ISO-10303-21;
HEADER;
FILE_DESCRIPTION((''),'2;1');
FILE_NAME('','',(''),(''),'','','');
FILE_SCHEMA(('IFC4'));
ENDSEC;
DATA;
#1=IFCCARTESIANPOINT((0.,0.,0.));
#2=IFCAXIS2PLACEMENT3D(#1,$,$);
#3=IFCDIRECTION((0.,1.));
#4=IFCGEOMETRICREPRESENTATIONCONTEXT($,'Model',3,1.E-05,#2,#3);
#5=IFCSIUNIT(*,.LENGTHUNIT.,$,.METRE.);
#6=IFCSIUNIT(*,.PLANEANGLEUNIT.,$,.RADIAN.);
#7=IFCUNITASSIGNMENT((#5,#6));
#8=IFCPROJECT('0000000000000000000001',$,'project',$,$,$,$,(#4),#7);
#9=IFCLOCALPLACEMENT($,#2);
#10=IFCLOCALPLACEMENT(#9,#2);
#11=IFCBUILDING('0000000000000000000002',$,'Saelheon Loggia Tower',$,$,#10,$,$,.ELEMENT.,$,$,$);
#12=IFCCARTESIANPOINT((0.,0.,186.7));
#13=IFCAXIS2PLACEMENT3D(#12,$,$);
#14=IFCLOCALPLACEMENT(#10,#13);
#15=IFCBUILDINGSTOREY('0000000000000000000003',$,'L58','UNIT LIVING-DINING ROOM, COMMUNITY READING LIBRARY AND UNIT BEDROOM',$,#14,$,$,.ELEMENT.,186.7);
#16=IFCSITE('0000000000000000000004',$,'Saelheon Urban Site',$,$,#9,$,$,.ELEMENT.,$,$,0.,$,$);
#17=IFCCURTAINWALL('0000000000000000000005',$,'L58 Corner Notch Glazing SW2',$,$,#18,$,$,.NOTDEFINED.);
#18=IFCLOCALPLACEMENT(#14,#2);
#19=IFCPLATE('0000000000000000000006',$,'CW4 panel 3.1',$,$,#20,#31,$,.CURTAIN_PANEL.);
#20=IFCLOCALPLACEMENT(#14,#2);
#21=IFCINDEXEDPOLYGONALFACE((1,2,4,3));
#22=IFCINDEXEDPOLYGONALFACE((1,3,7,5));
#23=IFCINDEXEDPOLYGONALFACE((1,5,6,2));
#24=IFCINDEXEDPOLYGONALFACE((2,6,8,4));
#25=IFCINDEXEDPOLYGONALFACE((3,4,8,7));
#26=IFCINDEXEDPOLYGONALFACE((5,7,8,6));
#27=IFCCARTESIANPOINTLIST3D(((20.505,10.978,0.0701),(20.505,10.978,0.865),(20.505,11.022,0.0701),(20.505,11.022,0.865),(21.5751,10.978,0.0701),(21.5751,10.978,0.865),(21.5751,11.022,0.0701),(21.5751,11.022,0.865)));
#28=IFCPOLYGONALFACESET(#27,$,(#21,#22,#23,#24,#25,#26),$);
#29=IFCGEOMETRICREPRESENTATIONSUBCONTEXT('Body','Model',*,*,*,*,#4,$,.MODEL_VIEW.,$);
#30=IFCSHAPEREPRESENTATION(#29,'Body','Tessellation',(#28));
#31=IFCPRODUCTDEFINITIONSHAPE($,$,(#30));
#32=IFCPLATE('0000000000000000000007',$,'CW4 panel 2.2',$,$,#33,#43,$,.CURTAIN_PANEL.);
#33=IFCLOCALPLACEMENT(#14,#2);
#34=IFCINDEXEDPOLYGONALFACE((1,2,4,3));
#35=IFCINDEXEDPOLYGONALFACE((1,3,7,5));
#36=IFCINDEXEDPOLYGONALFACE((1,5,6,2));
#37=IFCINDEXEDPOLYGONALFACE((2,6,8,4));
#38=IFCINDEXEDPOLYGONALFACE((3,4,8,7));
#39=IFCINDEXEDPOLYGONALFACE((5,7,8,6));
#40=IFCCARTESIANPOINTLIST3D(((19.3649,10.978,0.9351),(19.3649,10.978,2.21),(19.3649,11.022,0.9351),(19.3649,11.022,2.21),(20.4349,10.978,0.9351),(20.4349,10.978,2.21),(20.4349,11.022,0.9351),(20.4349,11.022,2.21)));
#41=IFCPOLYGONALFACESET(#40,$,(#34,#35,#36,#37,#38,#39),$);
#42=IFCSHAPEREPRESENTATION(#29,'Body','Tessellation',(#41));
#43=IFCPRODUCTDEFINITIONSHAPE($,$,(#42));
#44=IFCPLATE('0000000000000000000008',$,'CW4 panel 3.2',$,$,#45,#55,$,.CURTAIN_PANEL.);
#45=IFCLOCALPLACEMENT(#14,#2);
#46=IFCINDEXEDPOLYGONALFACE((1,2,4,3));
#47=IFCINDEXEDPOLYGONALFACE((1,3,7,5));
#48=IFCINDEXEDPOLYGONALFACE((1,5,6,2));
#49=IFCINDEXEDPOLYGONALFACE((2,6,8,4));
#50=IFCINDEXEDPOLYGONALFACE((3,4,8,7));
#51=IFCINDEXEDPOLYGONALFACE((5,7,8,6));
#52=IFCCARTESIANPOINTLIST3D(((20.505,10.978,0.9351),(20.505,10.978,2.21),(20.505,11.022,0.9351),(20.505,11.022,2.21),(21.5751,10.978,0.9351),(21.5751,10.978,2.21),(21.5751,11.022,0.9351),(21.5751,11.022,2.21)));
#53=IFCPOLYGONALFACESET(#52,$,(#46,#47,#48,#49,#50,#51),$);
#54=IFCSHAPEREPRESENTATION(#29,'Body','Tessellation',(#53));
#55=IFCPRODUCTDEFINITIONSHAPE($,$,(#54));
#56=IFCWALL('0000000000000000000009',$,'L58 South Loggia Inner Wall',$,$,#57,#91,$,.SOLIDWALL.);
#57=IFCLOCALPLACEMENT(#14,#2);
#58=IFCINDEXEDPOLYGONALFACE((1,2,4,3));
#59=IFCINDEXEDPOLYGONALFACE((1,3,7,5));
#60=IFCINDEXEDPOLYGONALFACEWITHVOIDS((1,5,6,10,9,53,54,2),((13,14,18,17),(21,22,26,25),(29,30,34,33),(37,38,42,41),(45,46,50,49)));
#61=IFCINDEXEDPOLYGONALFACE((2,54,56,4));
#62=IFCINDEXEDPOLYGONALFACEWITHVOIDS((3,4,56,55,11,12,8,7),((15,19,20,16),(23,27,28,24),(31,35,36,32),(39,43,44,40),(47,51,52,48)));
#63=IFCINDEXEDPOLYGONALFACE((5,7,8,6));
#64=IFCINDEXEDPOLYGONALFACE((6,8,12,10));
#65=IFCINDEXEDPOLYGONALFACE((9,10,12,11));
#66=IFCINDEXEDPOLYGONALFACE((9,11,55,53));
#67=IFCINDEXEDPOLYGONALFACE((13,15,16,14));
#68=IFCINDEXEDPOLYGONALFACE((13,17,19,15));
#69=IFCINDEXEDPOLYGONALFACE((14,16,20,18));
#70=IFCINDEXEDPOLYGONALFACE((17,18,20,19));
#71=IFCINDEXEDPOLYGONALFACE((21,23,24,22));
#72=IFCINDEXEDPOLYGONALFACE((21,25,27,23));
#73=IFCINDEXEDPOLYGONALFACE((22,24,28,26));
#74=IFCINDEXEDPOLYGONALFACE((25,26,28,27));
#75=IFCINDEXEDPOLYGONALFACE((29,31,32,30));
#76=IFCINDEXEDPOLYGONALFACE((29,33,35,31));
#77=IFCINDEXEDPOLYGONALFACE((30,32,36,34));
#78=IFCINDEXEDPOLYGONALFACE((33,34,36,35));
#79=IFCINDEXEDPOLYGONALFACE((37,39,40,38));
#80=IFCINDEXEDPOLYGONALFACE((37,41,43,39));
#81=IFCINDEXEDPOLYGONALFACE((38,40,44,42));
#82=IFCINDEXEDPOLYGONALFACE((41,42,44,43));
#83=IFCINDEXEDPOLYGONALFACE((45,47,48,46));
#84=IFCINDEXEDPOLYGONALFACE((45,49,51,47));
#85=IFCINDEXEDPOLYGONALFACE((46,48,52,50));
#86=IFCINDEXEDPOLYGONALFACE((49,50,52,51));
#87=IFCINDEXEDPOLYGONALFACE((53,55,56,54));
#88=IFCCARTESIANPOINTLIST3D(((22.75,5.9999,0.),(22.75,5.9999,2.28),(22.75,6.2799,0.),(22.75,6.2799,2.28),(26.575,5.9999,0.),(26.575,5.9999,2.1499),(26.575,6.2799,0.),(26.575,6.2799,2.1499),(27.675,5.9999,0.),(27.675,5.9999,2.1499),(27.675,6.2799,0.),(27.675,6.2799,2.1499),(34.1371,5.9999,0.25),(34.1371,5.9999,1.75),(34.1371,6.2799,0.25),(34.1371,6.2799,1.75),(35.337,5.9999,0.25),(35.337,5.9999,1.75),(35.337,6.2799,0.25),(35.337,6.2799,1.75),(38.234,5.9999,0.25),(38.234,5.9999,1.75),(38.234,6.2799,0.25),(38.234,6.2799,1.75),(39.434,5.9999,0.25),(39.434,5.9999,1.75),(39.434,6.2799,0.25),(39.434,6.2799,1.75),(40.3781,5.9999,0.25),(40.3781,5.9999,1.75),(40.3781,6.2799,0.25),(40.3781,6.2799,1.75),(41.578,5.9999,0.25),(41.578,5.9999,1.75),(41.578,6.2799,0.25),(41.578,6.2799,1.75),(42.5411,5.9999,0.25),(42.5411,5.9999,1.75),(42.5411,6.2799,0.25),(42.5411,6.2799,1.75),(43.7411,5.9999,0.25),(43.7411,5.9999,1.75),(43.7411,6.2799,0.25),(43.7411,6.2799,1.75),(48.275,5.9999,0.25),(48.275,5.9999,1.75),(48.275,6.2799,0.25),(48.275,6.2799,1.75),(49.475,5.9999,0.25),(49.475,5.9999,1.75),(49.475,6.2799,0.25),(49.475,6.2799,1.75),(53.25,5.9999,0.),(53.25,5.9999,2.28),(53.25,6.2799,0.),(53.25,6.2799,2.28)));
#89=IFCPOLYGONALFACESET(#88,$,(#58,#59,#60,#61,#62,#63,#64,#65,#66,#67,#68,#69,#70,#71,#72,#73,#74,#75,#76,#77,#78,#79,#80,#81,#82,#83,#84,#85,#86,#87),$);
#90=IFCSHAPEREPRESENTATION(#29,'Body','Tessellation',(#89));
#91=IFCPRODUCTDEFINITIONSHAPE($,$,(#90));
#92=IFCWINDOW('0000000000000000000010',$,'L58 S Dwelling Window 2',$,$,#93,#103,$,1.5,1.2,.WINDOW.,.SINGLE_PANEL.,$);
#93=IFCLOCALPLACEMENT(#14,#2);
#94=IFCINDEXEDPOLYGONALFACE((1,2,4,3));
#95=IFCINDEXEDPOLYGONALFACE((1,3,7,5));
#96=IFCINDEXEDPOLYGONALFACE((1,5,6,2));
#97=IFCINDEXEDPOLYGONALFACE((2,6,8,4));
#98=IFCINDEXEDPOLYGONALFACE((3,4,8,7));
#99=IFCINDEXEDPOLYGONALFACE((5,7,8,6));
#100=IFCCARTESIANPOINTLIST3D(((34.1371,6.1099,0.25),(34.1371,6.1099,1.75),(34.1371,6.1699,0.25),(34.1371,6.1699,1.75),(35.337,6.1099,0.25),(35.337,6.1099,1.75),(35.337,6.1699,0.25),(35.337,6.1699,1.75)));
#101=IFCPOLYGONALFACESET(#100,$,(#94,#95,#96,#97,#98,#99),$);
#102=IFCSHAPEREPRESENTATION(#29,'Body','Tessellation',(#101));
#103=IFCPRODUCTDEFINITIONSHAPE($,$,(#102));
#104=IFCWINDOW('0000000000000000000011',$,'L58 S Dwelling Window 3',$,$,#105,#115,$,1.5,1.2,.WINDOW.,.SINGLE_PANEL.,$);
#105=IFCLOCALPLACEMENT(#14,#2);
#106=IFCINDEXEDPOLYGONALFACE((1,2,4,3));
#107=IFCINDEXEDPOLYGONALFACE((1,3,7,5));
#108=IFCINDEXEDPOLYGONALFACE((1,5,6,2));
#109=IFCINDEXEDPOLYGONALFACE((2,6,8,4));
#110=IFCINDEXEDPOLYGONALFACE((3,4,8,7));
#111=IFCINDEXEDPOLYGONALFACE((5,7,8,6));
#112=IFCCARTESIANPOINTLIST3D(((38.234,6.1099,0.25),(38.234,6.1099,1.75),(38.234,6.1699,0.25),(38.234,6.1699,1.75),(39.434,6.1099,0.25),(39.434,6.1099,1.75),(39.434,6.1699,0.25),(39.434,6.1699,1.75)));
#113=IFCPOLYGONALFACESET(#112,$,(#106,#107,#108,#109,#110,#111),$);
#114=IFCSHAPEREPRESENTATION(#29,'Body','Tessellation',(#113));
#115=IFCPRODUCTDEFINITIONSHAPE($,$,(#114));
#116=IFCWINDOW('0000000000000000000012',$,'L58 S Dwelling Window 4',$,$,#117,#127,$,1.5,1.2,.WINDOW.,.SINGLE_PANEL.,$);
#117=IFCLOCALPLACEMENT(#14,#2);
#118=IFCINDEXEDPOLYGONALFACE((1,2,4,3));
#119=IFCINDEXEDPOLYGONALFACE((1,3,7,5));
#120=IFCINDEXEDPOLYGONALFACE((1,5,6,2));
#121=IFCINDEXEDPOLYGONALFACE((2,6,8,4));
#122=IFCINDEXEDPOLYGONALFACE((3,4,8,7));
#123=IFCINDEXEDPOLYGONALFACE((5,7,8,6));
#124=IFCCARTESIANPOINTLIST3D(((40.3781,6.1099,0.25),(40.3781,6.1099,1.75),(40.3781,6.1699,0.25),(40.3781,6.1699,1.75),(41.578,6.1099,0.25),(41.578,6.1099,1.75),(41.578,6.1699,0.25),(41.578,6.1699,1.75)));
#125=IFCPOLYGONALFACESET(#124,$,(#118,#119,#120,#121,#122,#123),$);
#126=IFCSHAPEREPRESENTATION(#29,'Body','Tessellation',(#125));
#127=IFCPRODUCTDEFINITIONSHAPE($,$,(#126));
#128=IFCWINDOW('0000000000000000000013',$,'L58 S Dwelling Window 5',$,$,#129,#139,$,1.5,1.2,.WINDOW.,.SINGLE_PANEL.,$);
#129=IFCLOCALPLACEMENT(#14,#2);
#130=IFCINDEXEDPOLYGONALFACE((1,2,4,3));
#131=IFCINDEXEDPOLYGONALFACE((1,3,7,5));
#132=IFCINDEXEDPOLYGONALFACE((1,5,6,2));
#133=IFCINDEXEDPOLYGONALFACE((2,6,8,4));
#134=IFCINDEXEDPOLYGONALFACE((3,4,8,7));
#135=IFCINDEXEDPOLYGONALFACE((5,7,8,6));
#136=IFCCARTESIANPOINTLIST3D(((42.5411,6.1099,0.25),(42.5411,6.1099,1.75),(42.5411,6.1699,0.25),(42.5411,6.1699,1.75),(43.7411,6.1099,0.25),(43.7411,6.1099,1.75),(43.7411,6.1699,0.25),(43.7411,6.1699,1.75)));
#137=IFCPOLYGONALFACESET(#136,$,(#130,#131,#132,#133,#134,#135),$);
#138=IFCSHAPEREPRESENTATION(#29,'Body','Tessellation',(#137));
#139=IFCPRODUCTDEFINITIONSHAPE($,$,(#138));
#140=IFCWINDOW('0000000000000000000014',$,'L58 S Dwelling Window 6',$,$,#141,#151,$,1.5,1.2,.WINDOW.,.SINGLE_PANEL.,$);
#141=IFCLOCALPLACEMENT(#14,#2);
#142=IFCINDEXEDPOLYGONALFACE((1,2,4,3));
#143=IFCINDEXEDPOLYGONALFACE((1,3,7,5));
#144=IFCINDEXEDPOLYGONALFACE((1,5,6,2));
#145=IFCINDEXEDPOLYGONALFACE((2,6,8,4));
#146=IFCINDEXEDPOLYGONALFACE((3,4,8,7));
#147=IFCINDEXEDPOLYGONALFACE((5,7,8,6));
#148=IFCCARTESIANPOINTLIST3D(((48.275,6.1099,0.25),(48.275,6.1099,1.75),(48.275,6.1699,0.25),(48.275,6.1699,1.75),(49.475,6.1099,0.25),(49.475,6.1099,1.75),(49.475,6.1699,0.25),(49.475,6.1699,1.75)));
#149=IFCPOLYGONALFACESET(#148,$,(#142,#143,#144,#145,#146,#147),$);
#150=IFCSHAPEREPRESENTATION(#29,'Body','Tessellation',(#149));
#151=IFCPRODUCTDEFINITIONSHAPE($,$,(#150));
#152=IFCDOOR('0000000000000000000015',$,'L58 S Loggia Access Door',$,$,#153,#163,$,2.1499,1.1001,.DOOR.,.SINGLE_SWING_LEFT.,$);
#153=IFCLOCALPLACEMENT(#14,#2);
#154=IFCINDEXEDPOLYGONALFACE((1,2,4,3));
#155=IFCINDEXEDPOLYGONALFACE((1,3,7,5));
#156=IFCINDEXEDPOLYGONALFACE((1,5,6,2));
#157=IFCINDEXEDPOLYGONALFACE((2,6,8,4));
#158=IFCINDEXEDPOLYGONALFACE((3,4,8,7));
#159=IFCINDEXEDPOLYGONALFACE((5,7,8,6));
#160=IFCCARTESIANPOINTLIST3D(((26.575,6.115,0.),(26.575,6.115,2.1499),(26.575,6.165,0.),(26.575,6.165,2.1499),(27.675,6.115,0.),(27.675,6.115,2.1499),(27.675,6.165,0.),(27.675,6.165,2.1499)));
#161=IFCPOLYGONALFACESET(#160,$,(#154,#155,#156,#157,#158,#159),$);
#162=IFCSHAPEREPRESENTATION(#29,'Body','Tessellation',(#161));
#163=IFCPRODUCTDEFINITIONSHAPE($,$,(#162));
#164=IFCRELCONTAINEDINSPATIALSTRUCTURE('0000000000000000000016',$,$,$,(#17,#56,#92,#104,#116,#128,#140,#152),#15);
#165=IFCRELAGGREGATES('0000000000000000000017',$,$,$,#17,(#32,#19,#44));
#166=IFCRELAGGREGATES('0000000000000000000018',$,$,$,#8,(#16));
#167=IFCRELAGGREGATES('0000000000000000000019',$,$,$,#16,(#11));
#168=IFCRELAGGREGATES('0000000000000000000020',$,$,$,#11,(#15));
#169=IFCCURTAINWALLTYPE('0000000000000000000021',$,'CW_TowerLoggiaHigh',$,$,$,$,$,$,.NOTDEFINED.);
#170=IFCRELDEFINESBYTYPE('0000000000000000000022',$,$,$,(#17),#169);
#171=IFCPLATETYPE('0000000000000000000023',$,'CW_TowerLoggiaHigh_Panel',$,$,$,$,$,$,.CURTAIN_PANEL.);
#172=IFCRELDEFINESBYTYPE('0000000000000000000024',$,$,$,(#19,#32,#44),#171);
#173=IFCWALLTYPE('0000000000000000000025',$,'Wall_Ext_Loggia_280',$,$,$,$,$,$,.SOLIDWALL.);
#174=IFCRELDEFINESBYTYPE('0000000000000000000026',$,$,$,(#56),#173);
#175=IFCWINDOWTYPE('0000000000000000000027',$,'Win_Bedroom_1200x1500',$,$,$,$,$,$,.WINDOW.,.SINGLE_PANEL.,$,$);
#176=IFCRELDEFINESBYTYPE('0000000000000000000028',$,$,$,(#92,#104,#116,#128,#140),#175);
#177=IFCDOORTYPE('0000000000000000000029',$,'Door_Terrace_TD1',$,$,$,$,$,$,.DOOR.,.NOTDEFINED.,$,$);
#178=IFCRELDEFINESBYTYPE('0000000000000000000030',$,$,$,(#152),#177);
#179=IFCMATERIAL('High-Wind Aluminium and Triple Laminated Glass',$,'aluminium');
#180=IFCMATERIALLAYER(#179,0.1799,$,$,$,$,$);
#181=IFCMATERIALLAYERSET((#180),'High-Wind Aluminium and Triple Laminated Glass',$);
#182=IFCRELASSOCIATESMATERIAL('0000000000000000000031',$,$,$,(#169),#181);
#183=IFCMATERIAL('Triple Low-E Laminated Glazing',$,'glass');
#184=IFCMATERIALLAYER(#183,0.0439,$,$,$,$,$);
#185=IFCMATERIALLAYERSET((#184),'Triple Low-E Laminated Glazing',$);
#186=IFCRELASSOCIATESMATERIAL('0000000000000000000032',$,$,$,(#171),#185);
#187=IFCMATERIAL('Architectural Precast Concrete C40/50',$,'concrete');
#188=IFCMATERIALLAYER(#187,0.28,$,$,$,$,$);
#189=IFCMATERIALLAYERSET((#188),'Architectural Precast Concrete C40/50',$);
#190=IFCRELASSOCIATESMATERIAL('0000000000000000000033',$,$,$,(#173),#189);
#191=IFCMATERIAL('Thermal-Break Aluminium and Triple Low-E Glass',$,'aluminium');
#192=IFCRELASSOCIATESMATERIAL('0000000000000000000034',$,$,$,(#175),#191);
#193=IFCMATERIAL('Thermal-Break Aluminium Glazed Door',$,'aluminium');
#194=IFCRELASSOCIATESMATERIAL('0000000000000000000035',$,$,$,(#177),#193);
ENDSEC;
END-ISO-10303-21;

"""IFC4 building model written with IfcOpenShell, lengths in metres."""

from ifc_helpers import new_model, si_unit, direction, frame, frame_2d, origin, origin_2d, place, context, subcontext, project, spatial, rectangle, extrude, source, transform, mapped, material, layer, layer_set, type_object, element, fill, aggregate, save


model = new_model("IFC4")

# Units and contexts
model_context = context("Model", 3, precision=1e-05, world=origin(), true_north=direction((0.0, 1.0)))
body_context = subcontext(model_context, "Body", "Model", "MODEL_VIEW")
ifc_project = project(units=[si_unit("LENGTHUNIT", "METRE"), si_unit("PLANEANGLEUNIT", "RADIAN")], contexts=[model_context])

# Site, building, storey
site_placement = place(None, origin())
site = spatial("IfcSite", under=ifc_project, at=site_placement, Name="Saelheon Urban Site", CompositionType="ELEMENT", RefElevation=0.0)
building_placement = place(site_placement, origin())
building = spatial("IfcBuilding", under=site, at=building_placement, Name="Saelheon Loggia Tower", CompositionType="ELEMENT")
storey_placement = place(building_placement, frame((0.0, 0.0, 186.7)))
storey = spatial("IfcBuildingStorey", under=building, at=storey_placement, Name="L58", Description="UNIT LIVING-DINING ROOM, COMMUNITY READING LIBRARY AND UNIT BEDROOM", CompositionType="ELEMENT", Elevation=186.7)

# Curtain wall
ifc_material_1 = material(Name="High-Wind Aluminium and Triple Laminated Glass", Category="aluminium")
ifc_layer_1 = layer(ifc_material_1, 0.1799)
ifc_layer_set_1 = layer_set([ifc_layer_1], Name="High-Wind Aluminium and Triple Laminated Glass")
curtain_wall_type = type_object("IfcCurtainWallType", Name="CW_TowerLoggiaHigh", PredefinedType="NOTDEFINED", material=ifc_layer_set_1)
curtain_wall_1_placement = place(storey_placement, origin())
curtain_wall_1 = element("IfcCurtainWall", 1, at=curtain_wall_1_placement, inside=storey, type_object=curtain_wall_type, Name="L58 Corner Notch Glazing SW2", PredefinedType="NOTDEFINED")

# Plates
ifc_material_2 = material(Name="Triple Low-E Laminated Glazing", Category="glass")
ifc_layer_2 = layer(ifc_material_2, 0.0439)
ifc_layer_set_2 = layer_set([ifc_layer_2], Name="Triple Low-E Laminated Glazing")
plate_type = type_object("IfcPlateType", Name="CW_TowerLoggiaHigh_Panel", PredefinedType="CURTAIN_PANEL", material=ifc_layer_set_2)
shared_shape_1 = source(origin(), body_context, "Body", "SweptSolid", [
    extrude(rectangle(XDim=1.0701, YDim=0.0439, at=origin_2d()), origin(), (0.0, 0.0, 1.0), 0.7949),
])
plate_1_placement = place(storey_placement, frame((21.04, 11.0, 0.0701), z_axis=(0.0, 0.0, 1.0), x_axis=(1.0, 0.0, 0.0)))
plate_1 = element("IfcPlate", 2, at=plate_1_placement, type_object=plate_type, Name="CW4 panel 3.1", PredefinedType="CURTAIN_PANEL", context=body_context, shape_type="MappedRepresentation", body=[
    mapped(shared_shape_1, transform((0.0, 0.0, 0.0), scale=1.0)),
])
shared_shape_2 = source(origin(), body_context, "Body", "SweptSolid", [
    extrude(rectangle(XDim=1.0701, YDim=0.0439, at=origin_2d()), origin(), (0.0, 0.0, 1.0), 1.2749),
])
plate_2_placement = place(storey_placement, frame((19.8999, 11.0, 0.9351), z_axis=(0.0, 0.0, 1.0), x_axis=(1.0, 0.0, 0.0)))
plate_2 = element("IfcPlate", 3, at=plate_2_placement, type_object=plate_type, Name="CW4 panel 2.2", PredefinedType="CURTAIN_PANEL", context=body_context, shape_type="MappedRepresentation", body=[
    mapped(shared_shape_2, transform((0.0, 0.0, 0.0), scale=1.0)),
])
plate_3_placement = place(storey_placement, frame((21.04, 11.0, 0.9351), z_axis=(0.0, 0.0, 1.0), x_axis=(1.0, 0.0, 0.0)))
plate_3 = element("IfcPlate", 4, at=plate_3_placement, type_object=plate_type, Name="CW4 panel 3.2", PredefinedType="CURTAIN_PANEL", context=body_context, shape_type="MappedRepresentation", body=[
    mapped(shared_shape_2, transform((0.0, 0.0, 0.0), scale=1.0)),
])
aggregate(curtain_wall_1, [plate_2, plate_1, plate_3])

# Wall, openings, windows, door
ifc_material_3 = material(Name="Architectural Precast Concrete C40/50", Category="concrete")
ifc_layer_3 = layer(ifc_material_3, 0.28)
ifc_layer_set_3 = layer_set([ifc_layer_3], Name="Architectural Precast Concrete C40/50")
wall_type = type_object("IfcWallType", Name="Wall_Ext_Loggia_280", PredefinedType="SOLIDWALL", material=ifc_layer_set_3)
wall_placement = place(storey_placement, frame((22.75, 6.1399, 0.0), z_axis=(0.0, 0.0, 1.0), x_axis=(1.0, 0.0, 0.0)))
wall = element("IfcWall", 5, at=wall_placement, inside=storey, type_object=wall_type, Name="L58 South Loggia Inner Wall", PredefinedType="SOLIDWALL", context=body_context, shape_type="SweptSolid", body=[
    extrude(rectangle(XDim=30.5, YDim=0.28, at=frame_2d((15.25, 0.0))), origin(), (0.0, 0.0, 1.0), 2.28),
])
opening_1_placement = place(wall_placement, frame((4.925, 0.0, 0.0), z_axis=(0.0, 0.0, 1.0), x_axis=(-1.0, 0.0, 0.0)))
opening_1 = element("IfcOpeningElement", 6, at=opening_1_placement, cuts=wall, PredefinedType="OPENING", context=body_context, shape_type="SweptSolid", body=[
    extrude(rectangle(XDim=1.1001, YDim=2.1499, at=frame_2d((0.55, 1.075))), frame((0.0, 0.1521, 0.0), z_axis=(0.0, -1.0, 0.0), x_axis=(1.0, 0.0, 0.0)), (0.0, 0.0, 1.0), 0.304),
])
opening_2_placement = place(wall_placement, frame((11.387, 0.0, 0.25)))
opening_2 = element("IfcOpeningElement", 7, at=opening_2_placement, cuts=wall, PredefinedType="OPENING", context=body_context, shape_type="SweptSolid", body=[
    extrude(rectangle(XDim=1.2, YDim=1.5, at=frame_2d((0.6001, 0.75))), frame((0.0, 0.1521, 0.0), z_axis=(0.0, -1.0, 0.0), x_axis=(1.0, 0.0, 0.0)), (0.0, 0.0, 1.0), 0.304),
])
opening_3_placement = place(wall_placement, frame((15.4839, 0.0, 0.25)))
opening_3 = element("IfcOpeningElement", 8, at=opening_3_placement, cuts=wall, PredefinedType="OPENING", context=body_context, shape_type="SweptSolid", body=[
    extrude(rectangle(XDim=1.2, YDim=1.5, at=frame_2d((0.6001, 0.75))), frame((0.0, 0.1521, 0.0), z_axis=(0.0, -1.0, 0.0), x_axis=(1.0, 0.0, 0.0)), (0.0, 0.0, 1.0), 0.304),
])
opening_4_placement = place(wall_placement, frame((17.6279, 0.0, 0.25)))
opening_4 = element("IfcOpeningElement", 9, at=opening_4_placement, cuts=wall, PredefinedType="OPENING", context=body_context, shape_type="SweptSolid", body=[
    extrude(rectangle(XDim=1.2, YDim=1.5, at=frame_2d((0.6001, 0.75))), frame((0.0, 0.1521, 0.0), z_axis=(0.0, -1.0, 0.0), x_axis=(1.0, 0.0, 0.0)), (0.0, 0.0, 1.0), 0.304),
])
opening_5_placement = place(wall_placement, frame((19.791, 0.0, 0.25)))
opening_5 = element("IfcOpeningElement", 10, at=opening_5_placement, cuts=wall, PredefinedType="OPENING", context=body_context, shape_type="SweptSolid", body=[
    extrude(rectangle(XDim=1.2, YDim=1.5, at=frame_2d((0.6001, 0.75))), frame((0.0, 0.1521, 0.0), z_axis=(0.0, -1.0, 0.0), x_axis=(1.0, 0.0, 0.0)), (0.0, 0.0, 1.0), 0.304),
])
opening_6_placement = place(wall_placement, frame((25.5249, 0.0, 0.25)))
opening_6 = element("IfcOpeningElement", 11, at=opening_6_placement, cuts=wall, PredefinedType="OPENING", context=body_context, shape_type="SweptSolid", body=[
    extrude(rectangle(XDim=1.2, YDim=1.5, at=frame_2d((0.6001, 0.75))), frame((0.0, 0.1521, 0.0), z_axis=(0.0, -1.0, 0.0), x_axis=(1.0, 0.0, 0.0)), (0.0, 0.0, 1.0), 0.304),
])
ifc_material_4 = material(Name="Thermal-Break Aluminium and Triple Low-E Glass", Category="aluminium")
window_type = type_object("IfcWindowType", Name="Win_Bedroom_1200x1500", PartitioningType="SINGLE_PANEL", PredefinedType="WINDOW", material=ifc_material_4)
shared_shape_3 = source(origin(), body_context, "Body", "SweptSolid", [
    extrude(rectangle(XDim=1.2, YDim=1.5, at=frame_2d((0.6001, 0.75))), frame((0.0, 0.03, 0.0), z_axis=(0.0, -1.0, 0.0), x_axis=(1.0, 0.0, 0.0)), (0.0, 0.0, 1.0), 0.0601),
])
window_1_placement = place(opening_2_placement, origin())
window_1 = element("IfcWindow", 12, at=window_1_placement, inside=storey, type_object=window_type, Name="L58 S Dwelling Window 2", OverallHeight=1.5, OverallWidth=1.2, PartitioningType="SINGLE_PANEL", PredefinedType="WINDOW", context=body_context, shape_type="MappedRepresentation", body=[
    mapped(shared_shape_3, transform((0.0, 0.0, 0.0), scale=1.0)),
])
fill(opening_2, window_1)
window_2_placement = place(opening_3_placement, origin())
window_2 = element("IfcWindow", 13, at=window_2_placement, inside=storey, type_object=window_type, Name="L58 S Dwelling Window 3", OverallHeight=1.5, OverallWidth=1.2, PartitioningType="SINGLE_PANEL", PredefinedType="WINDOW", context=body_context, shape_type="MappedRepresentation", body=[
    mapped(shared_shape_3, transform((0.0, 0.0, 0.0), scale=1.0)),
])
fill(opening_3, window_2)
window_3_placement = place(opening_4_placement, origin())
window_3 = element("IfcWindow", 14, at=window_3_placement, inside=storey, type_object=window_type, Name="L58 S Dwelling Window 4", OverallHeight=1.5, OverallWidth=1.2, PartitioningType="SINGLE_PANEL", PredefinedType="WINDOW", context=body_context, shape_type="MappedRepresentation", body=[
    mapped(shared_shape_3, transform((0.0, 0.0, 0.0), scale=1.0)),
])
fill(opening_4, window_3)
window_4_placement = place(opening_5_placement, origin())
window_4 = element("IfcWindow", 15, at=window_4_placement, inside=storey, type_object=window_type, Name="L58 S Dwelling Window 5", OverallHeight=1.5, OverallWidth=1.2, PartitioningType="SINGLE_PANEL", PredefinedType="WINDOW", context=body_context, shape_type="MappedRepresentation", body=[
    mapped(shared_shape_3, transform((0.0, 0.0, 0.0), scale=1.0)),
])
fill(opening_5, window_4)
window_5_placement = place(opening_6_placement, origin())
window_5 = element("IfcWindow", 16, at=window_5_placement, inside=storey, type_object=window_type, Name="L58 S Dwelling Window 6", OverallHeight=1.5, OverallWidth=1.2, PartitioningType="SINGLE_PANEL", PredefinedType="WINDOW", context=body_context, shape_type="MappedRepresentation", body=[
    mapped(shared_shape_3, transform((0.0, 0.0, 0.0), scale=1.0)),
])
fill(opening_6, window_5)
ifc_material_5 = material(Name="Thermal-Break Aluminium Glazed Door", Category="aluminium")
door_type = type_object("IfcDoorType", Name="Door_Terrace_TD1", OperationType="NOTDEFINED", PredefinedType="DOOR", material=ifc_material_5)
shared_shape_4 = source(origin(), body_context, "Body", "SweptSolid", [
    extrude(rectangle(XDim=1.1001, YDim=2.1499, at=frame_2d((0.55, 1.075))), frame((0.0, 0.0249, 0.0), z_axis=(0.0, -1.0, 0.0), x_axis=(1.0, 0.0, 0.0)), (0.0, 0.0, 1.0), 0.05),
])
door_placement = place(opening_1_placement, origin())
door = element("IfcDoor", 17, at=door_placement, inside=storey, type_object=door_type, Name="L58 S Loggia Access Door", OperationType="SINGLE_SWING_LEFT", OverallHeight=2.1499, OverallWidth=1.1001, PredefinedType="DOOR", context=body_context, shape_type="MappedRepresentation", body=[
    mapped(shared_shape_4, transform((0.0, 0.0, 0.0), scale=1.0)),
])
fill(opening_1, door)

save(model, "model.ifc")
